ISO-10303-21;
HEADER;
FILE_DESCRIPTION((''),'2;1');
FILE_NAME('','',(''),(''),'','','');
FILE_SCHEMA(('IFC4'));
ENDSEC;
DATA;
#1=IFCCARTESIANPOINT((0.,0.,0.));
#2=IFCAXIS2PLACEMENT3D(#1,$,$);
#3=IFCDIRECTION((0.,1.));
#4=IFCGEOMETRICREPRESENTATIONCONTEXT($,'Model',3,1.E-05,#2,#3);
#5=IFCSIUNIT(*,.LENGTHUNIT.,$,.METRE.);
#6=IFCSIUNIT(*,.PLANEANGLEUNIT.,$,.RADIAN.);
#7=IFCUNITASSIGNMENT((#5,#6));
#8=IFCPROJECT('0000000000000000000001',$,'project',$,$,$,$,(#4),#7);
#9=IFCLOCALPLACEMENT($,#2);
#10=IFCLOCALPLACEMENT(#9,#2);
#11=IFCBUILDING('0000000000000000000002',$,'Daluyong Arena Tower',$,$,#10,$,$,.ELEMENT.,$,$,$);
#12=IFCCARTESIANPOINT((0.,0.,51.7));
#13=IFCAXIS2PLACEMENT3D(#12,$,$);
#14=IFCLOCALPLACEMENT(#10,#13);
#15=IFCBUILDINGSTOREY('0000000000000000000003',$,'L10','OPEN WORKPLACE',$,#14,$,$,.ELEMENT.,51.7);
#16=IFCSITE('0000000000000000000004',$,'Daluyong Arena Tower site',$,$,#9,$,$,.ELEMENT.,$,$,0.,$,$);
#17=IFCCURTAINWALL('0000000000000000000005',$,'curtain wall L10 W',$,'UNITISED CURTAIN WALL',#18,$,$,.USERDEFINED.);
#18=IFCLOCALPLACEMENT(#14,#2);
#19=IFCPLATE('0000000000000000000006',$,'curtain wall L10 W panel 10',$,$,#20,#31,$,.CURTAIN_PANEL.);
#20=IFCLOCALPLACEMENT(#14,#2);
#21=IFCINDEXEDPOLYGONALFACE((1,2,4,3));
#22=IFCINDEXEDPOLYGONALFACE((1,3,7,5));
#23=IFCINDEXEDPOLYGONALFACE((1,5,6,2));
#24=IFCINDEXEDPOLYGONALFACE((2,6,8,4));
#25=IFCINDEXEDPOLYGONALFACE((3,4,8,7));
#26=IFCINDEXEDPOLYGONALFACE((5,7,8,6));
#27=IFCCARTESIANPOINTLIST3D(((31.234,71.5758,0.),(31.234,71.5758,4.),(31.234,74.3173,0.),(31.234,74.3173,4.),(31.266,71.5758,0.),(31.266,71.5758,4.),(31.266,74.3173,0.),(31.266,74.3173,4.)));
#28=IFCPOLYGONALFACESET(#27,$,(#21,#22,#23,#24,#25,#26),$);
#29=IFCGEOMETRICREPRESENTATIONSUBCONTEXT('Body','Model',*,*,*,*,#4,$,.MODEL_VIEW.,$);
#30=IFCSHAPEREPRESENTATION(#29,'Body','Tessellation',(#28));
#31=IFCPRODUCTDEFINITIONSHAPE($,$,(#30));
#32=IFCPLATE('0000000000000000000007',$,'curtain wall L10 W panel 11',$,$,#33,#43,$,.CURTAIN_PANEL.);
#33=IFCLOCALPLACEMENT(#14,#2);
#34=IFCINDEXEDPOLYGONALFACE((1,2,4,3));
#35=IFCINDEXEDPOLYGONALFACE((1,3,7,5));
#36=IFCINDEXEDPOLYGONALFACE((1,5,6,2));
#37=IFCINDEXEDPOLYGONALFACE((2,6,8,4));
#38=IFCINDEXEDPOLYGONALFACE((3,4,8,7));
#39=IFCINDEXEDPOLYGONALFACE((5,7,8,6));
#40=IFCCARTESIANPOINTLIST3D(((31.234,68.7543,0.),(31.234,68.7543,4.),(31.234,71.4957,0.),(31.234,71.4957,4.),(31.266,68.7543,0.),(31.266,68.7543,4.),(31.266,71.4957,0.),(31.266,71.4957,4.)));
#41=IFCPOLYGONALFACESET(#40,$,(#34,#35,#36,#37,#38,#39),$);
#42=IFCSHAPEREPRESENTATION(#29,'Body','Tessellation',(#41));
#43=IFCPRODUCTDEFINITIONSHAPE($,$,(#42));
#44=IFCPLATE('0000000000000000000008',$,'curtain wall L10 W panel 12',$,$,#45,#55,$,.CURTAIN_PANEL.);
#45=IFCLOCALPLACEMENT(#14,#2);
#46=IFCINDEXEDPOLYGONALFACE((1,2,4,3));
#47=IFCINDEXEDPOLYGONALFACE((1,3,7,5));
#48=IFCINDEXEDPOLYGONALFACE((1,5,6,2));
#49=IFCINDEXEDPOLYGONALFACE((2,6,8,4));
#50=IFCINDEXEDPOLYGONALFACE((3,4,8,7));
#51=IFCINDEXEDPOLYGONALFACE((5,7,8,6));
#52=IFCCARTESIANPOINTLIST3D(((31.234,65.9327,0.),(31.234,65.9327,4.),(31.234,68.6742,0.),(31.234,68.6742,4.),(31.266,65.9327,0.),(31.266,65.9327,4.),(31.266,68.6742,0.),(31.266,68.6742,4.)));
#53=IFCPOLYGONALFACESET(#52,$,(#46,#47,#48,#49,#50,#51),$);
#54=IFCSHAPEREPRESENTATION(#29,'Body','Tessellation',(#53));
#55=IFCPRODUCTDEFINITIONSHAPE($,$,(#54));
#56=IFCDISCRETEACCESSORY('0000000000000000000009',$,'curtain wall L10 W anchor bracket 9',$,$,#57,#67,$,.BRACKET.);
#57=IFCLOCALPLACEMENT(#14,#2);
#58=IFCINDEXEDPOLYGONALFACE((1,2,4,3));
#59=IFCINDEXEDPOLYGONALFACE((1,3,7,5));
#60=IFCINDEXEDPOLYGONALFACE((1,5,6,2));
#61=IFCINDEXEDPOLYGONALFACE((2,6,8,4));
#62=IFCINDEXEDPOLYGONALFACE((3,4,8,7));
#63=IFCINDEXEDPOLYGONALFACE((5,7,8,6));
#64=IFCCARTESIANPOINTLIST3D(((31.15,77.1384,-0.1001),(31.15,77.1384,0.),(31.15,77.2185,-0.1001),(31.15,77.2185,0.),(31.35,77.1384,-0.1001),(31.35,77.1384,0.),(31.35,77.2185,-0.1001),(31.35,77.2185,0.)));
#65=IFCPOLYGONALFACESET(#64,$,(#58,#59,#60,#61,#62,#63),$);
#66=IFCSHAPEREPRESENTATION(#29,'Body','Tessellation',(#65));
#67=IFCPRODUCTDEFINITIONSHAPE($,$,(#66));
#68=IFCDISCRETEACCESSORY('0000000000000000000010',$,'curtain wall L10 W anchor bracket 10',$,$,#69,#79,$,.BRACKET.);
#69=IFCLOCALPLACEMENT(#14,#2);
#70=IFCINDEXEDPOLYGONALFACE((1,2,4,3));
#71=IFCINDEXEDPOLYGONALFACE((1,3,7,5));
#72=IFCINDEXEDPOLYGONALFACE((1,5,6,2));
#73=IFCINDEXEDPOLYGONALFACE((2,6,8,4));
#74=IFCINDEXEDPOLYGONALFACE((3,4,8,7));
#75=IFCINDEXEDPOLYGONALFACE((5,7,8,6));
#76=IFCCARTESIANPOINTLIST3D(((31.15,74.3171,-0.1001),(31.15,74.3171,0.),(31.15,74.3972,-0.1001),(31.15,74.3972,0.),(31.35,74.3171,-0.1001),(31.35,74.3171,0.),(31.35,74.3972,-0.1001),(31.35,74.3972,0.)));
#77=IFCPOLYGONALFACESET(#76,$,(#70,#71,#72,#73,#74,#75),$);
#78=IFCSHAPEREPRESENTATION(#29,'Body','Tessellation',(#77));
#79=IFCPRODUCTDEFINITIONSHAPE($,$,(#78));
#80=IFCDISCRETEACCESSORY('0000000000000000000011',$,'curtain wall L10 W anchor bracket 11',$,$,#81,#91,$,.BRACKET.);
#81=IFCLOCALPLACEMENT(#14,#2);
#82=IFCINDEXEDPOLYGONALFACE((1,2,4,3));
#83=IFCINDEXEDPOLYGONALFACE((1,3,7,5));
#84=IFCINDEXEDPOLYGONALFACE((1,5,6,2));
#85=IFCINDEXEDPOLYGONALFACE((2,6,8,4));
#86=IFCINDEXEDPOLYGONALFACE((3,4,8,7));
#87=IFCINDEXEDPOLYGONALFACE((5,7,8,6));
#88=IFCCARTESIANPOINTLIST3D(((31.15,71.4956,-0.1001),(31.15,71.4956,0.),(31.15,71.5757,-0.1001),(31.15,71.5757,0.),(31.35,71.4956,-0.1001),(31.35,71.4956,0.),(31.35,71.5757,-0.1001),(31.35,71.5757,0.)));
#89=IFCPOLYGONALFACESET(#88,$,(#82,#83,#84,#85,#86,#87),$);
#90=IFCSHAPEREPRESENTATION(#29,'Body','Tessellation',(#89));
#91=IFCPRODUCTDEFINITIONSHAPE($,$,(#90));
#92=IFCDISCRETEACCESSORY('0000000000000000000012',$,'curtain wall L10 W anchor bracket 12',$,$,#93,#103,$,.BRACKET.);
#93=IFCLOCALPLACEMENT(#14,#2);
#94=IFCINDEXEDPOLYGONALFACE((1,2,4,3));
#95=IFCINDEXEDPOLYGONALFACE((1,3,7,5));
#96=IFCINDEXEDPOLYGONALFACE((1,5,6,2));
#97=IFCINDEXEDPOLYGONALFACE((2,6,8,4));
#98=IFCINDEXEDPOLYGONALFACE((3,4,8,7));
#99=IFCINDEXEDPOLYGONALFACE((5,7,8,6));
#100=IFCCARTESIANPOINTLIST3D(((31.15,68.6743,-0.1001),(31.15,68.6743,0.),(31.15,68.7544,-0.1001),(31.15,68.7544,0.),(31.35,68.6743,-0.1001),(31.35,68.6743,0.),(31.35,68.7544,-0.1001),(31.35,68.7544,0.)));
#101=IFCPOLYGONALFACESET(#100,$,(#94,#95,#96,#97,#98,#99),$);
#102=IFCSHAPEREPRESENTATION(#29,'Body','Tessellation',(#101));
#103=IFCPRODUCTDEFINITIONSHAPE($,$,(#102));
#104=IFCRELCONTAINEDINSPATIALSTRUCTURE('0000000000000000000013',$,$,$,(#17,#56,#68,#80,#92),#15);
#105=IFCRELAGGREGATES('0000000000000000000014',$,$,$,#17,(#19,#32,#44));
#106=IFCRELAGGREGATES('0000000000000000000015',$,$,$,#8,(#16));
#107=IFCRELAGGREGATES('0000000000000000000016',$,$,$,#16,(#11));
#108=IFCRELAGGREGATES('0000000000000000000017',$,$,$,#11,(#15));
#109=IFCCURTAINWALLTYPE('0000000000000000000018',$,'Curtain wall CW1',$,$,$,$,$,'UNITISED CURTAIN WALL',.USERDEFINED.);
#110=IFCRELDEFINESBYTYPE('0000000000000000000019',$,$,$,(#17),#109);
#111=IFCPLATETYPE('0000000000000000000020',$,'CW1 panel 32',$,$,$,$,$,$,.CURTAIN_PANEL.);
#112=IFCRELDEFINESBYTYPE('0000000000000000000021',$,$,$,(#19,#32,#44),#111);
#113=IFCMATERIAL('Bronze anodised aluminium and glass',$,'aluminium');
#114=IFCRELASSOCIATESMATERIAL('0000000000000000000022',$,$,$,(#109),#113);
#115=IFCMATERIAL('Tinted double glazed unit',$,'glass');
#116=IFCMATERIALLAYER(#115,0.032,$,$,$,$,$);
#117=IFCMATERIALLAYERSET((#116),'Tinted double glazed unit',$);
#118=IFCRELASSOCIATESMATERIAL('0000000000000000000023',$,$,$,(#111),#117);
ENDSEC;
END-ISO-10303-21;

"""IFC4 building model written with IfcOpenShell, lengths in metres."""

from ifc_helpers import new_model, si_unit, direction, frame, origin, origin_2d, place, context, subcontext, project, spatial, rectangle, extrude, material, layer, layer_set, type_object, element, aggregate, save


model = new_model("IFC4")

# Units and contexts
model_context = context("Model", 3, precision=1e-05, world=origin(), true_north=direction((0.0, 1.0)))
body_context = subcontext(model_context, "Body", "Model", "MODEL_VIEW")
ifc_project = project(units=[si_unit("LENGTHUNIT", "METRE"), si_unit("PLANEANGLEUNIT", "RADIAN")], contexts=[model_context])

# Site, building, storey
site_placement = place(None, origin())
site = spatial("IfcSite", under=ifc_project, at=site_placement, Name="Daluyong Arena Tower site", CompositionType="ELEMENT", RefElevation=0.0)
building_placement = place(site_placement, origin())
building = spatial("IfcBuilding", under=site, at=building_placement, Name="Daluyong Arena Tower", CompositionType="ELEMENT")
storey_placement = place(building_placement, frame((0.0, 0.0, 51.7)))
storey = spatial("IfcBuildingStorey", under=building, at=storey_placement, Name="L10", Description="OPEN WORKPLACE", CompositionType="ELEMENT", Elevation=51.7)

# Curtain wall
ifc_material_1 = material(Name="Bronze anodised aluminium and glass", Category="aluminium")
curtain_wall_type = type_object("IfcCurtainWallType", Name="Curtain wall CW1", ElementType="UNITISED CURTAIN WALL", PredefinedType="USERDEFINED", material=ifc_material_1)
curtain_wall_placement = place(storey_placement, origin())
curtain_wall = element("IfcCurtainWall", 1, at=curtain_wall_placement, inside=storey, type_object=curtain_wall_type, Name="curtain wall L10 W", ObjectType="UNITISED CURTAIN WALL", PredefinedType="USERDEFINED")

# Plates
ifc_material_2 = material(Name="Tinted double glazed unit", Category="glass")
ifc_layer = layer(ifc_material_2, 0.032)
ifc_layer_set = layer_set([ifc_layer], Name="Tinted double glazed unit")
plate_type = type_object("IfcPlateType", Name="CW1 panel 32", PredefinedType="CURTAIN_PANEL", material=ifc_layer_set)
plate_1_placement = place(storey_placement, frame((31.25, 72.9465, 0.0), z_axis=(0.0, 0.0, 1.0), x_axis=(0.0, -1.0, 0.0)))
plate_1 = element("IfcPlate", 2, at=plate_1_placement, type_object=plate_type, Name="curtain wall L10 W panel 10", PredefinedType="CURTAIN_PANEL", context=body_context, shape_type="SweptSolid", body=[
    extrude(rectangle(XDim=2.7415, YDim=0.032, at=origin_2d()), origin(), (0.0, 0.0, 1.0), 4.0),
])
plate_2_placement = place(storey_placement, frame((31.25, 70.125, 0.0), z_axis=(0.0, 0.0, 1.0), x_axis=(0.0, -1.0, 0.0)))
plate_2 = element("IfcPlate", 3, at=plate_2_placement, type_object=plate_type, Name="curtain wall L10 W panel 11", PredefinedType="CURTAIN_PANEL", context=body_context, shape_type="SweptSolid", body=[
    extrude(rectangle(XDim=2.7415, YDim=0.032, at=origin_2d()), origin(), (0.0, 0.0, 1.0), 4.0),
])
plate_3_placement = place(storey_placement, frame((31.25, 67.3035, 0.0), z_axis=(0.0, 0.0, 1.0), x_axis=(0.0, -1.0, 0.0)))
plate_3 = element("IfcPlate", 4, at=plate_3_placement, type_object=plate_type, Name="curtain wall L10 W panel 12", PredefinedType="CURTAIN_PANEL", context=body_context, shape_type="SweptSolid", body=[
    extrude(rectangle(XDim=2.7415, YDim=0.032, at=origin_2d()), origin(), (0.0, 0.0, 1.0), 4.0),
])
aggregate(curtain_wall, [plate_1, plate_2, plate_3])

# Discrete accessories
for number, where, z_axis, x_axis, name in (
    (5, (31.25, 77.1785, -0.1001), (0.0, 0.0, 1.0), (0.0, -1.0, 0.0), "curtain wall L10 W anchor bracket 9"),
    (6, (31.25, 74.3572, -0.1001), (0.0, 0.0, 1.0), (0.0, -1.0, 0.0), "curtain wall L10 W anchor bracket 10"),
    (7, (31.25, 71.5356, -0.1001), (0.0, 0.0, 1.0), (0.0, -1.0, 0.0), "curtain wall L10 W anchor bracket 11"),
    (8, (31.25, 68.7144, -0.1001), (0.0, 0.0, 1.0), (0.0, -1.0, 0.0), "curtain wall L10 W anchor bracket 12"),
):
    element("IfcDiscreteAccessory", number, at=place(storey_placement, frame(where, z_axis=z_axis, x_axis=x_axis)), inside=storey, Name=name, PredefinedType="BRACKET", context=body_context, shape_type="SweptSolid", body=[
        extrude(rectangle(XDim=0.0801, YDim=0.2, at=origin_2d()), origin(), (0.0, 0.0, 1.0), 0.1001),
    ])

save(model, "model.ifc")
